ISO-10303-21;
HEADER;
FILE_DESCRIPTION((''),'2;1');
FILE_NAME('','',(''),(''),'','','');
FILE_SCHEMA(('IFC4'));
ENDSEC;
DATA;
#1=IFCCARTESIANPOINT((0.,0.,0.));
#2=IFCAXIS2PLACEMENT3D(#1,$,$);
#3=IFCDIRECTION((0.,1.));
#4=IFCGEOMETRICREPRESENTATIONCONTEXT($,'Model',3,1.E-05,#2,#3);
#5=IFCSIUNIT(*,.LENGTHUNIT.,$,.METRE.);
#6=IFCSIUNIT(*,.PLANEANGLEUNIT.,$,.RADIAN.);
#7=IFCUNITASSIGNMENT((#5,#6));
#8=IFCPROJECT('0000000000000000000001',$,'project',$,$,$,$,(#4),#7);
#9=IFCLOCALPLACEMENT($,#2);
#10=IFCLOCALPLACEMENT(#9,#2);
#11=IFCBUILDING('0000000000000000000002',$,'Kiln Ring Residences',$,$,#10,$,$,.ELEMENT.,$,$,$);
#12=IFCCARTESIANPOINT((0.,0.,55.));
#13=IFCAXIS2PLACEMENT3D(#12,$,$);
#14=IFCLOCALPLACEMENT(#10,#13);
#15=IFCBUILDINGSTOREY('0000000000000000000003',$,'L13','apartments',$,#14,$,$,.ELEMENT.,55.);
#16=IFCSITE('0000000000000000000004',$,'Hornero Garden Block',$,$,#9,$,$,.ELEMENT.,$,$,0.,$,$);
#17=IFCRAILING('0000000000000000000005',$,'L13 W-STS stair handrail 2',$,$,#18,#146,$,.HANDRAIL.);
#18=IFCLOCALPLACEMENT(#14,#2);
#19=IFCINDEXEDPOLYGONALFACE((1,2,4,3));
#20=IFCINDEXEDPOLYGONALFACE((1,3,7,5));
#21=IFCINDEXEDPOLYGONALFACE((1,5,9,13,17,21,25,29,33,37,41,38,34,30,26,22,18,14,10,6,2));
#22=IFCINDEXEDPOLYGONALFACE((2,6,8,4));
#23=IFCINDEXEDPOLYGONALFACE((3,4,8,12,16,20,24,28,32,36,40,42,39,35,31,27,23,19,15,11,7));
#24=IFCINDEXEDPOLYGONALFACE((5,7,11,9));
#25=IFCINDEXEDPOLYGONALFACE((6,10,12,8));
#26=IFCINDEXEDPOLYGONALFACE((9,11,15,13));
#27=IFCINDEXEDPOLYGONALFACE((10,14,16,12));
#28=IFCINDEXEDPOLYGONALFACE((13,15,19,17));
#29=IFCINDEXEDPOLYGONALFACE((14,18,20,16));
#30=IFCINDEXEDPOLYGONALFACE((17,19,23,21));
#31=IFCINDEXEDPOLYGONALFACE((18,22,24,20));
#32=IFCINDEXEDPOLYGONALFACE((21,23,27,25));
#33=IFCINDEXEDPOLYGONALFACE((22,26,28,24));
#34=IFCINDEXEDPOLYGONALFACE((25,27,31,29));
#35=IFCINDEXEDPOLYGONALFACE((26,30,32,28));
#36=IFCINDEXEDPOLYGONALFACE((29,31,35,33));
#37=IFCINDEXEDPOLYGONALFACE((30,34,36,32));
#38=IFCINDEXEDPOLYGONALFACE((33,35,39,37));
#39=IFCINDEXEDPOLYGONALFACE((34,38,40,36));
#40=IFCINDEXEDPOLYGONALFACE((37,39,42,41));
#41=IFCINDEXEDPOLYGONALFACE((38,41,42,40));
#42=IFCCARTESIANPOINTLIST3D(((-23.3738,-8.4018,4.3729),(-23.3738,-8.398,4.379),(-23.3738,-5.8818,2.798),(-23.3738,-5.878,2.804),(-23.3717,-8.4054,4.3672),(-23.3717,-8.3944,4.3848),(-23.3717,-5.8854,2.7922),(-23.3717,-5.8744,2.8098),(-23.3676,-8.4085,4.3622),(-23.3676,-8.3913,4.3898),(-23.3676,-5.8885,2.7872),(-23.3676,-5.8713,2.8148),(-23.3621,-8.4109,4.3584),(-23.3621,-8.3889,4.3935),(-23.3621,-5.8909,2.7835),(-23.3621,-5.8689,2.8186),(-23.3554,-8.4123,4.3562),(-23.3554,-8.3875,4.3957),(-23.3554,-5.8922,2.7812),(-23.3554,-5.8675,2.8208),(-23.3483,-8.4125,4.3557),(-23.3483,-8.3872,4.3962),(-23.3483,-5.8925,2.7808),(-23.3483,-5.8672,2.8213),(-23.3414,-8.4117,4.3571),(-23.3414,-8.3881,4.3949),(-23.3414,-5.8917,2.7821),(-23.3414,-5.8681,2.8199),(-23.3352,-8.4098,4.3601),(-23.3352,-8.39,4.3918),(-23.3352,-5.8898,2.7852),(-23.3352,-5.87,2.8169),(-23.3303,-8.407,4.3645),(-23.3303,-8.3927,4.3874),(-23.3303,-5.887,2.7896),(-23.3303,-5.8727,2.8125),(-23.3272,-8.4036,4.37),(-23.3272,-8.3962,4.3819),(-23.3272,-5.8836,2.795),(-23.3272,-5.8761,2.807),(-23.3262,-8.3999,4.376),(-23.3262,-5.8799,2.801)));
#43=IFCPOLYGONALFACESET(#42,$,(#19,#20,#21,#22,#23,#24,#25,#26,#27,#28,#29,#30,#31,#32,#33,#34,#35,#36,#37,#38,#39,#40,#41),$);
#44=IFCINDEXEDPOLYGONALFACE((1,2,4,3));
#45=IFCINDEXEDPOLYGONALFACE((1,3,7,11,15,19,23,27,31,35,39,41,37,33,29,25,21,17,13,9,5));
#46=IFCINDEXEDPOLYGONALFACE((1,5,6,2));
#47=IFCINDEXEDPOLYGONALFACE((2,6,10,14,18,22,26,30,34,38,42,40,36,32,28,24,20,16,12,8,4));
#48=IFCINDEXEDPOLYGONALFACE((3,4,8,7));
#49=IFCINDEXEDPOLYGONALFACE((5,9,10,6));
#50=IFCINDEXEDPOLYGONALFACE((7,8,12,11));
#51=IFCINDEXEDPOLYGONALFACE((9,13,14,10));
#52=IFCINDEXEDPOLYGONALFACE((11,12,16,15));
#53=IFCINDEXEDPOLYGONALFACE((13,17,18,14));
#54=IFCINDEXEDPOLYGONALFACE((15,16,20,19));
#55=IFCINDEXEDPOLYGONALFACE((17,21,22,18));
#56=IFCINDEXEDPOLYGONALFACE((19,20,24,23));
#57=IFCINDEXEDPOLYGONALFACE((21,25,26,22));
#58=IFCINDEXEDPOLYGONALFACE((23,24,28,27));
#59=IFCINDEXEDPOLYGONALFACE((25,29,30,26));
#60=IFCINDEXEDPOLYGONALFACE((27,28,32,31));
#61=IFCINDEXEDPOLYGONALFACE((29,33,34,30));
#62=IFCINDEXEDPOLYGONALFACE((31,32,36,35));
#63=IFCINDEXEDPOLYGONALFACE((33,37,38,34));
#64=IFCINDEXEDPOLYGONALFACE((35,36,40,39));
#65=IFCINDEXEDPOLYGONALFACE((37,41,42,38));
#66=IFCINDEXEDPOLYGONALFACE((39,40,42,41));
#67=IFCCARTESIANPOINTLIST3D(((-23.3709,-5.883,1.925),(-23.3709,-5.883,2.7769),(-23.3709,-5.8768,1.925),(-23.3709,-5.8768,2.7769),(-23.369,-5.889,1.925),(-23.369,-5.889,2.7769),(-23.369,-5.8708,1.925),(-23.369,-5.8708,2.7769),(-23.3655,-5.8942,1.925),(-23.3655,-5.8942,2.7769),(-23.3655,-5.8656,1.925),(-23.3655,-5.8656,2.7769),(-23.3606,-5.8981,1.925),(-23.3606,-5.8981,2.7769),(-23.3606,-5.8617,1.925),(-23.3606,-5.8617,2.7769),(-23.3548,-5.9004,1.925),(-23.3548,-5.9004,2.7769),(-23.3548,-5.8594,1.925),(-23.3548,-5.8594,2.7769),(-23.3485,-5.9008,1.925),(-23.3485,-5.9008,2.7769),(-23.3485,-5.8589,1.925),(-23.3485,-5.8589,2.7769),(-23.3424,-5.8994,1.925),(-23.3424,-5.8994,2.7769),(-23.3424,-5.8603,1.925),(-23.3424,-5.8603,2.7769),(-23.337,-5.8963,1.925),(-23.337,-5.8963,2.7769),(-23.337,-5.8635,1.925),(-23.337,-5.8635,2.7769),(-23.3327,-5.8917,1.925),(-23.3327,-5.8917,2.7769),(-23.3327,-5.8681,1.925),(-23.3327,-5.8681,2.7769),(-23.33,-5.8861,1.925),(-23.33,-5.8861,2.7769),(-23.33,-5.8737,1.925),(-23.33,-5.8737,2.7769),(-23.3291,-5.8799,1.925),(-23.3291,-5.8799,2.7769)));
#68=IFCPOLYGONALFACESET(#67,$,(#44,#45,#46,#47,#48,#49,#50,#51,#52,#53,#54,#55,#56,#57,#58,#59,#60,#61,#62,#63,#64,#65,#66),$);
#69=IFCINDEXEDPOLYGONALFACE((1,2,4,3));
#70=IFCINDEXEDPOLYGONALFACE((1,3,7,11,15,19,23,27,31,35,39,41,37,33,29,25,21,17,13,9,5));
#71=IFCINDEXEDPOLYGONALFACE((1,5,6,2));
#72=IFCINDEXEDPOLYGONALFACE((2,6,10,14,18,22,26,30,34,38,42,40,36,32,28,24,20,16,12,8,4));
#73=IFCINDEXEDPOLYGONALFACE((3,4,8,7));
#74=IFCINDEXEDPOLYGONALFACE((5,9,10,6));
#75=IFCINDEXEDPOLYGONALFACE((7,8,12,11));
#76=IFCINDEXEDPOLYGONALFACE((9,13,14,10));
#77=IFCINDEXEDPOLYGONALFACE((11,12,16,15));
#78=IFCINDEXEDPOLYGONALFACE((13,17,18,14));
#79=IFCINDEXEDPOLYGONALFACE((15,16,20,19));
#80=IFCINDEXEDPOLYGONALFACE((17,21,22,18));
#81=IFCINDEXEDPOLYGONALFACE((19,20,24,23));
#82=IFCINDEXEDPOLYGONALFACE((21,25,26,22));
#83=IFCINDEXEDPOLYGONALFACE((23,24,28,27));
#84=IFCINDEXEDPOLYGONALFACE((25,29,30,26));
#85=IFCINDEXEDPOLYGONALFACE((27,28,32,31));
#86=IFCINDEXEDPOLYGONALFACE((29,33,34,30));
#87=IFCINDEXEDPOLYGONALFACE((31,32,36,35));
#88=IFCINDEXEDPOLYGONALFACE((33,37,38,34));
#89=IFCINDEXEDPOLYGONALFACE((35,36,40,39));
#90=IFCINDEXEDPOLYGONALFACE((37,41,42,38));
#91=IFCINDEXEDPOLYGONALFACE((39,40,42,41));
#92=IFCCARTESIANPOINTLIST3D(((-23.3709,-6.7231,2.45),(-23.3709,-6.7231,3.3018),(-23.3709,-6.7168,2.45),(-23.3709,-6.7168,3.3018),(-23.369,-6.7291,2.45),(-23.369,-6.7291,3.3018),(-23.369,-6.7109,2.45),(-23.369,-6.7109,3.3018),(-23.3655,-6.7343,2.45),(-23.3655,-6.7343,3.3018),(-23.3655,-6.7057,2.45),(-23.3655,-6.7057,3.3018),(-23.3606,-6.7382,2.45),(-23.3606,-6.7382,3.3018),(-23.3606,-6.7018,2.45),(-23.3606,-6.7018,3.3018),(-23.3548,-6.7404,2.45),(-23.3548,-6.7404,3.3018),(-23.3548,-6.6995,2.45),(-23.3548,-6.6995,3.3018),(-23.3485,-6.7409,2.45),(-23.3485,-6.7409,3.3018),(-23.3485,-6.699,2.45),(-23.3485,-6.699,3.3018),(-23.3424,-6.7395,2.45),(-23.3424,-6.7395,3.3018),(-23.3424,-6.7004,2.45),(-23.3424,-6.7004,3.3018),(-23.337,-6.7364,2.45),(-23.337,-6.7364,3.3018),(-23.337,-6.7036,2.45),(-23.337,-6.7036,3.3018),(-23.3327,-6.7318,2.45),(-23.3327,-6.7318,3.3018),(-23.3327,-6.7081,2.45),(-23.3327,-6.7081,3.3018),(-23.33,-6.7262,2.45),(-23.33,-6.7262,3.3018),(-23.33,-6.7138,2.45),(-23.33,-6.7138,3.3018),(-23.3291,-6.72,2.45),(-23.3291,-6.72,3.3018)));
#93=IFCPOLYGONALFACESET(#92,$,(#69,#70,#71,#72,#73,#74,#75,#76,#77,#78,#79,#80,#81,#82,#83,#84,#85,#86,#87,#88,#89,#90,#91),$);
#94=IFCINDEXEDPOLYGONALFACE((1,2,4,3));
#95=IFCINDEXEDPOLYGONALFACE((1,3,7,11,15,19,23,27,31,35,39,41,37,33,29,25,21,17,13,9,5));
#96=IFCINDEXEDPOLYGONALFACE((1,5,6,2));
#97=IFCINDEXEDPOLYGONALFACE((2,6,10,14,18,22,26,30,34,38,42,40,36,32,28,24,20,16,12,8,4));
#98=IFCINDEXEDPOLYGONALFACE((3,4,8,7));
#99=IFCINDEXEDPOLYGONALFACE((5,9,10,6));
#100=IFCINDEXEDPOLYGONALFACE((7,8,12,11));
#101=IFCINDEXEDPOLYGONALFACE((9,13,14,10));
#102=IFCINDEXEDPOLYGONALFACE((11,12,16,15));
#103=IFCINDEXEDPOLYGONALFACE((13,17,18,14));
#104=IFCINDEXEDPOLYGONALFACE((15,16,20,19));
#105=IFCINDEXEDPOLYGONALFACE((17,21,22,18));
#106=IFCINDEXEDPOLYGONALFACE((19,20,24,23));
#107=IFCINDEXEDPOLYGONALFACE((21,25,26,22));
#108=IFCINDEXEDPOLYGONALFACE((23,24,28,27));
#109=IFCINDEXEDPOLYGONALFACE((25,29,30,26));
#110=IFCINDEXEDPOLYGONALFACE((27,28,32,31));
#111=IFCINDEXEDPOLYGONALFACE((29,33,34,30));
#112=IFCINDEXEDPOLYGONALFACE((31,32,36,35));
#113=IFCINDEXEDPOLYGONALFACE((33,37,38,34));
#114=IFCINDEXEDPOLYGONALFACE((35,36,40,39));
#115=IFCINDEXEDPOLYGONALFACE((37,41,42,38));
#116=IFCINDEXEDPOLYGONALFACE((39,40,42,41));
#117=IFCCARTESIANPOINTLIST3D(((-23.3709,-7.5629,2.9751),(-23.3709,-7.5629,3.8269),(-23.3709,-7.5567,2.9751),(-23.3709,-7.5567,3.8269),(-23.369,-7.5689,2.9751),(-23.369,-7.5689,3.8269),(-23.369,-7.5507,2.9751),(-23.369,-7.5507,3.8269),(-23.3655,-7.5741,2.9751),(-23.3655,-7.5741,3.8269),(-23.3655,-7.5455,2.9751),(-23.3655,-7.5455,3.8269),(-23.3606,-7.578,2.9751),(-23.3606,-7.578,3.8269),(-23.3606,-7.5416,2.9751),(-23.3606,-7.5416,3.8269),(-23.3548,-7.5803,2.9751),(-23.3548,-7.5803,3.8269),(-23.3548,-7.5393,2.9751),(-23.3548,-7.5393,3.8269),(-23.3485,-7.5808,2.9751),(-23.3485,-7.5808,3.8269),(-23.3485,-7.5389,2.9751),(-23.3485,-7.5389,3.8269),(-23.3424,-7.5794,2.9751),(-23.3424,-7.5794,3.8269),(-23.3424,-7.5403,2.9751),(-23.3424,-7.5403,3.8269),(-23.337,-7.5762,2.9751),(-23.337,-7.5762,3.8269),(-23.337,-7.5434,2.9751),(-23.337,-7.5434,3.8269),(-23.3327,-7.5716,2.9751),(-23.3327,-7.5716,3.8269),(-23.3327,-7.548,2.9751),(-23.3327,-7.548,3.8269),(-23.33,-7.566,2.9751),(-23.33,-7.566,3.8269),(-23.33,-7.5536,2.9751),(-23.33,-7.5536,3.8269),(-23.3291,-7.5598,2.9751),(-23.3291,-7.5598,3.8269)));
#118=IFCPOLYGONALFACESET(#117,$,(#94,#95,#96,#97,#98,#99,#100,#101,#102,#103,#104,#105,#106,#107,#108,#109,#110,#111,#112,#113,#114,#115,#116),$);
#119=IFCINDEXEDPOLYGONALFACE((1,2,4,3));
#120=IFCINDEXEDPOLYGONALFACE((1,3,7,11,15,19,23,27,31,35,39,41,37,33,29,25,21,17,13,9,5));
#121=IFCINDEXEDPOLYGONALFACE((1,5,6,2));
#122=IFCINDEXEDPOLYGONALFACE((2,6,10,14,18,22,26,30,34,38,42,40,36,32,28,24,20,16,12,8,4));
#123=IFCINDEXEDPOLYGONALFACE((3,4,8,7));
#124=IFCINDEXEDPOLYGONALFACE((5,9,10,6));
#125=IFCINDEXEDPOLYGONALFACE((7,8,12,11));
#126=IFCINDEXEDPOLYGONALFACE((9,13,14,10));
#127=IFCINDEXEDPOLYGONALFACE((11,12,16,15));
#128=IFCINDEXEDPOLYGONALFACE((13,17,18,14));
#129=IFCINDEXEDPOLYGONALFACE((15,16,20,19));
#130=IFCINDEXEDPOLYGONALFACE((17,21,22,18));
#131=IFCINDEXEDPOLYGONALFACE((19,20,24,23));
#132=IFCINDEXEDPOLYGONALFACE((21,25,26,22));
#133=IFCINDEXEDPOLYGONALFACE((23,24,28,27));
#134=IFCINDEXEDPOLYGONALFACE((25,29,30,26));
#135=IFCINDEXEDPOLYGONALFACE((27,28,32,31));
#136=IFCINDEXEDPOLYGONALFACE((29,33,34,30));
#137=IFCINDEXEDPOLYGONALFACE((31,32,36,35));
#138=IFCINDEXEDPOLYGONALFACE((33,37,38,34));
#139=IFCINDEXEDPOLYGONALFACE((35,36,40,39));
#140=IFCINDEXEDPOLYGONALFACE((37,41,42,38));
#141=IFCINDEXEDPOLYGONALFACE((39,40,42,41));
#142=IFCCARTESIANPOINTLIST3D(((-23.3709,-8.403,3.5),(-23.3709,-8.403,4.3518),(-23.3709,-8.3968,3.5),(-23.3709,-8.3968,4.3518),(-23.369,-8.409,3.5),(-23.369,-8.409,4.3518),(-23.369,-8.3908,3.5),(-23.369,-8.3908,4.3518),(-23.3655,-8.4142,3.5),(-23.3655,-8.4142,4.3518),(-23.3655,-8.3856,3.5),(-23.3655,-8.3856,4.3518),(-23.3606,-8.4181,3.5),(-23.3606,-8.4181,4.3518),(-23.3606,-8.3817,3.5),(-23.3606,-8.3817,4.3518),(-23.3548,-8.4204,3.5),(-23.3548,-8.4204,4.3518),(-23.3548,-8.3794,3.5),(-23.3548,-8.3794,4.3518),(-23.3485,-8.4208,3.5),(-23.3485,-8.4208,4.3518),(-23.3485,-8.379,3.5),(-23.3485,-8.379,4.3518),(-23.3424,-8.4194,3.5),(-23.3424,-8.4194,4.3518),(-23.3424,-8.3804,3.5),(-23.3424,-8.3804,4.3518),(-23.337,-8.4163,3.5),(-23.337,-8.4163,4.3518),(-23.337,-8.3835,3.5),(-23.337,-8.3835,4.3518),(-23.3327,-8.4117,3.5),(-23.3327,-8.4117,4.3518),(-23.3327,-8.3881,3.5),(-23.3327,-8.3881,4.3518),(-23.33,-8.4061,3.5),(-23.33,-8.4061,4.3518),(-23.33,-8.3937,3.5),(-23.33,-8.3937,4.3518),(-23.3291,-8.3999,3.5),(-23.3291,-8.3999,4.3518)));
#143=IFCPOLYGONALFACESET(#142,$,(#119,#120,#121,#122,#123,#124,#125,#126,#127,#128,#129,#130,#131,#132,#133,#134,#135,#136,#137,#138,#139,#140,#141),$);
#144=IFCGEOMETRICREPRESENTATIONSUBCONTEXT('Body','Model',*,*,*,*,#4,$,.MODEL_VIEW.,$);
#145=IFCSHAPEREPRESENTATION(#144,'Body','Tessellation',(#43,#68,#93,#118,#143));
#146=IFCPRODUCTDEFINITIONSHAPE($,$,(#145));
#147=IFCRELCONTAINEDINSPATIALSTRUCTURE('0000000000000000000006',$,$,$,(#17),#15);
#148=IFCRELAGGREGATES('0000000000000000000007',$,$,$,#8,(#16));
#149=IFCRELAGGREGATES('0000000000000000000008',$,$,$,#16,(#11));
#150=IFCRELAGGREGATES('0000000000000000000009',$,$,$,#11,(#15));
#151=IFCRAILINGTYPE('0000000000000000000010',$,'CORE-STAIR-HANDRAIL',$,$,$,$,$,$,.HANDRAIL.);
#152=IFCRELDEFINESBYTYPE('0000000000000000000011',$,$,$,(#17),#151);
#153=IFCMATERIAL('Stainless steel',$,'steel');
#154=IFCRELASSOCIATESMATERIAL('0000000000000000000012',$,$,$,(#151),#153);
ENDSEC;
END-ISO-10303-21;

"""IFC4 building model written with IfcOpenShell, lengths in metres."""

from ifc_helpers import new_model, si_unit, direction, frame, origin, origin_2d, place, context, subcontext, project, spatial, circle, extrude, material, type_object, element, save


model = new_model("IFC4")

# Units and contexts
model_context = context("Model", 3, precision=1e-05, world=origin(), true_north=direction((0.0, 1.0)))
body_context = subcontext(model_context, "Body", "Model", "MODEL_VIEW")
ifc_project = project(units=[si_unit("LENGTHUNIT", "METRE"), si_unit("PLANEANGLEUNIT", "RADIAN")], contexts=[model_context])

# Site, building, storey
site_placement = place(None, origin())
site = spatial("IfcSite", under=ifc_project, at=site_placement, Name="Hornero Garden Block", CompositionType="ELEMENT", RefElevation=0.0)
building_placement = place(site_placement, origin())
building = spatial("IfcBuilding", under=site, at=building_placement, Name="Kiln Ring Residences", CompositionType="ELEMENT")
storey_placement = place(building_placement, frame((0.0, 0.0, 55.0)))
storey = spatial("IfcBuildingStorey", under=building, at=storey_placement, Name="L13", Description="apartments", CompositionType="ELEMENT", Elevation=55.0)

# Railing
ifc_material_1 = material(Name="Stainless steel", Category="steel")
railing_type_1 = type_object("IfcRailingType", Name="CORE-STAIR-HANDRAIL", PredefinedType="HANDRAIL", material=ifc_material_1)
railing_1_placement = place(storey_placement, frame((-23.3501, -5.8799, 1.925)))
element("IfcRailing", 1, at=railing_1_placement, inside=storey, type_object=railing_type_1, Name="L13 W-STS stair handrail 2", PredefinedType="HANDRAIL", context=body_context, shape_type="SweptSolid", body=[
    extrude(circle(Radius=0.0239, at=origin_2d()), frame((0.0, 0.0, 0.876), z_axis=(0.0, -0.848008, 0.529984), x_axis=(1.0, 0.0, 0.0)), (0.0, 0.0, 1.0), 2.9717),
    extrude(circle(Radius=0.021, at=origin_2d()), origin(), (0.0, 0.0, 1.0), 0.8518),
    extrude(circle(Radius=0.021, at=origin_2d()), frame((0.0, -0.8401, 0.5249)), (0.0, 0.0, 1.0), 0.8518),
    extrude(circle(Radius=0.021, at=origin_2d()), frame((0.0, -1.6799, 1.05)), (0.0, 0.0, 1.0), 0.8518),
    extrude(circle(Radius=0.021, at=origin_2d()), frame((0.0, -2.52, 1.575)), (0.0, 0.0, 1.0), 0.8518),
])

save(model, "model.ifc")
